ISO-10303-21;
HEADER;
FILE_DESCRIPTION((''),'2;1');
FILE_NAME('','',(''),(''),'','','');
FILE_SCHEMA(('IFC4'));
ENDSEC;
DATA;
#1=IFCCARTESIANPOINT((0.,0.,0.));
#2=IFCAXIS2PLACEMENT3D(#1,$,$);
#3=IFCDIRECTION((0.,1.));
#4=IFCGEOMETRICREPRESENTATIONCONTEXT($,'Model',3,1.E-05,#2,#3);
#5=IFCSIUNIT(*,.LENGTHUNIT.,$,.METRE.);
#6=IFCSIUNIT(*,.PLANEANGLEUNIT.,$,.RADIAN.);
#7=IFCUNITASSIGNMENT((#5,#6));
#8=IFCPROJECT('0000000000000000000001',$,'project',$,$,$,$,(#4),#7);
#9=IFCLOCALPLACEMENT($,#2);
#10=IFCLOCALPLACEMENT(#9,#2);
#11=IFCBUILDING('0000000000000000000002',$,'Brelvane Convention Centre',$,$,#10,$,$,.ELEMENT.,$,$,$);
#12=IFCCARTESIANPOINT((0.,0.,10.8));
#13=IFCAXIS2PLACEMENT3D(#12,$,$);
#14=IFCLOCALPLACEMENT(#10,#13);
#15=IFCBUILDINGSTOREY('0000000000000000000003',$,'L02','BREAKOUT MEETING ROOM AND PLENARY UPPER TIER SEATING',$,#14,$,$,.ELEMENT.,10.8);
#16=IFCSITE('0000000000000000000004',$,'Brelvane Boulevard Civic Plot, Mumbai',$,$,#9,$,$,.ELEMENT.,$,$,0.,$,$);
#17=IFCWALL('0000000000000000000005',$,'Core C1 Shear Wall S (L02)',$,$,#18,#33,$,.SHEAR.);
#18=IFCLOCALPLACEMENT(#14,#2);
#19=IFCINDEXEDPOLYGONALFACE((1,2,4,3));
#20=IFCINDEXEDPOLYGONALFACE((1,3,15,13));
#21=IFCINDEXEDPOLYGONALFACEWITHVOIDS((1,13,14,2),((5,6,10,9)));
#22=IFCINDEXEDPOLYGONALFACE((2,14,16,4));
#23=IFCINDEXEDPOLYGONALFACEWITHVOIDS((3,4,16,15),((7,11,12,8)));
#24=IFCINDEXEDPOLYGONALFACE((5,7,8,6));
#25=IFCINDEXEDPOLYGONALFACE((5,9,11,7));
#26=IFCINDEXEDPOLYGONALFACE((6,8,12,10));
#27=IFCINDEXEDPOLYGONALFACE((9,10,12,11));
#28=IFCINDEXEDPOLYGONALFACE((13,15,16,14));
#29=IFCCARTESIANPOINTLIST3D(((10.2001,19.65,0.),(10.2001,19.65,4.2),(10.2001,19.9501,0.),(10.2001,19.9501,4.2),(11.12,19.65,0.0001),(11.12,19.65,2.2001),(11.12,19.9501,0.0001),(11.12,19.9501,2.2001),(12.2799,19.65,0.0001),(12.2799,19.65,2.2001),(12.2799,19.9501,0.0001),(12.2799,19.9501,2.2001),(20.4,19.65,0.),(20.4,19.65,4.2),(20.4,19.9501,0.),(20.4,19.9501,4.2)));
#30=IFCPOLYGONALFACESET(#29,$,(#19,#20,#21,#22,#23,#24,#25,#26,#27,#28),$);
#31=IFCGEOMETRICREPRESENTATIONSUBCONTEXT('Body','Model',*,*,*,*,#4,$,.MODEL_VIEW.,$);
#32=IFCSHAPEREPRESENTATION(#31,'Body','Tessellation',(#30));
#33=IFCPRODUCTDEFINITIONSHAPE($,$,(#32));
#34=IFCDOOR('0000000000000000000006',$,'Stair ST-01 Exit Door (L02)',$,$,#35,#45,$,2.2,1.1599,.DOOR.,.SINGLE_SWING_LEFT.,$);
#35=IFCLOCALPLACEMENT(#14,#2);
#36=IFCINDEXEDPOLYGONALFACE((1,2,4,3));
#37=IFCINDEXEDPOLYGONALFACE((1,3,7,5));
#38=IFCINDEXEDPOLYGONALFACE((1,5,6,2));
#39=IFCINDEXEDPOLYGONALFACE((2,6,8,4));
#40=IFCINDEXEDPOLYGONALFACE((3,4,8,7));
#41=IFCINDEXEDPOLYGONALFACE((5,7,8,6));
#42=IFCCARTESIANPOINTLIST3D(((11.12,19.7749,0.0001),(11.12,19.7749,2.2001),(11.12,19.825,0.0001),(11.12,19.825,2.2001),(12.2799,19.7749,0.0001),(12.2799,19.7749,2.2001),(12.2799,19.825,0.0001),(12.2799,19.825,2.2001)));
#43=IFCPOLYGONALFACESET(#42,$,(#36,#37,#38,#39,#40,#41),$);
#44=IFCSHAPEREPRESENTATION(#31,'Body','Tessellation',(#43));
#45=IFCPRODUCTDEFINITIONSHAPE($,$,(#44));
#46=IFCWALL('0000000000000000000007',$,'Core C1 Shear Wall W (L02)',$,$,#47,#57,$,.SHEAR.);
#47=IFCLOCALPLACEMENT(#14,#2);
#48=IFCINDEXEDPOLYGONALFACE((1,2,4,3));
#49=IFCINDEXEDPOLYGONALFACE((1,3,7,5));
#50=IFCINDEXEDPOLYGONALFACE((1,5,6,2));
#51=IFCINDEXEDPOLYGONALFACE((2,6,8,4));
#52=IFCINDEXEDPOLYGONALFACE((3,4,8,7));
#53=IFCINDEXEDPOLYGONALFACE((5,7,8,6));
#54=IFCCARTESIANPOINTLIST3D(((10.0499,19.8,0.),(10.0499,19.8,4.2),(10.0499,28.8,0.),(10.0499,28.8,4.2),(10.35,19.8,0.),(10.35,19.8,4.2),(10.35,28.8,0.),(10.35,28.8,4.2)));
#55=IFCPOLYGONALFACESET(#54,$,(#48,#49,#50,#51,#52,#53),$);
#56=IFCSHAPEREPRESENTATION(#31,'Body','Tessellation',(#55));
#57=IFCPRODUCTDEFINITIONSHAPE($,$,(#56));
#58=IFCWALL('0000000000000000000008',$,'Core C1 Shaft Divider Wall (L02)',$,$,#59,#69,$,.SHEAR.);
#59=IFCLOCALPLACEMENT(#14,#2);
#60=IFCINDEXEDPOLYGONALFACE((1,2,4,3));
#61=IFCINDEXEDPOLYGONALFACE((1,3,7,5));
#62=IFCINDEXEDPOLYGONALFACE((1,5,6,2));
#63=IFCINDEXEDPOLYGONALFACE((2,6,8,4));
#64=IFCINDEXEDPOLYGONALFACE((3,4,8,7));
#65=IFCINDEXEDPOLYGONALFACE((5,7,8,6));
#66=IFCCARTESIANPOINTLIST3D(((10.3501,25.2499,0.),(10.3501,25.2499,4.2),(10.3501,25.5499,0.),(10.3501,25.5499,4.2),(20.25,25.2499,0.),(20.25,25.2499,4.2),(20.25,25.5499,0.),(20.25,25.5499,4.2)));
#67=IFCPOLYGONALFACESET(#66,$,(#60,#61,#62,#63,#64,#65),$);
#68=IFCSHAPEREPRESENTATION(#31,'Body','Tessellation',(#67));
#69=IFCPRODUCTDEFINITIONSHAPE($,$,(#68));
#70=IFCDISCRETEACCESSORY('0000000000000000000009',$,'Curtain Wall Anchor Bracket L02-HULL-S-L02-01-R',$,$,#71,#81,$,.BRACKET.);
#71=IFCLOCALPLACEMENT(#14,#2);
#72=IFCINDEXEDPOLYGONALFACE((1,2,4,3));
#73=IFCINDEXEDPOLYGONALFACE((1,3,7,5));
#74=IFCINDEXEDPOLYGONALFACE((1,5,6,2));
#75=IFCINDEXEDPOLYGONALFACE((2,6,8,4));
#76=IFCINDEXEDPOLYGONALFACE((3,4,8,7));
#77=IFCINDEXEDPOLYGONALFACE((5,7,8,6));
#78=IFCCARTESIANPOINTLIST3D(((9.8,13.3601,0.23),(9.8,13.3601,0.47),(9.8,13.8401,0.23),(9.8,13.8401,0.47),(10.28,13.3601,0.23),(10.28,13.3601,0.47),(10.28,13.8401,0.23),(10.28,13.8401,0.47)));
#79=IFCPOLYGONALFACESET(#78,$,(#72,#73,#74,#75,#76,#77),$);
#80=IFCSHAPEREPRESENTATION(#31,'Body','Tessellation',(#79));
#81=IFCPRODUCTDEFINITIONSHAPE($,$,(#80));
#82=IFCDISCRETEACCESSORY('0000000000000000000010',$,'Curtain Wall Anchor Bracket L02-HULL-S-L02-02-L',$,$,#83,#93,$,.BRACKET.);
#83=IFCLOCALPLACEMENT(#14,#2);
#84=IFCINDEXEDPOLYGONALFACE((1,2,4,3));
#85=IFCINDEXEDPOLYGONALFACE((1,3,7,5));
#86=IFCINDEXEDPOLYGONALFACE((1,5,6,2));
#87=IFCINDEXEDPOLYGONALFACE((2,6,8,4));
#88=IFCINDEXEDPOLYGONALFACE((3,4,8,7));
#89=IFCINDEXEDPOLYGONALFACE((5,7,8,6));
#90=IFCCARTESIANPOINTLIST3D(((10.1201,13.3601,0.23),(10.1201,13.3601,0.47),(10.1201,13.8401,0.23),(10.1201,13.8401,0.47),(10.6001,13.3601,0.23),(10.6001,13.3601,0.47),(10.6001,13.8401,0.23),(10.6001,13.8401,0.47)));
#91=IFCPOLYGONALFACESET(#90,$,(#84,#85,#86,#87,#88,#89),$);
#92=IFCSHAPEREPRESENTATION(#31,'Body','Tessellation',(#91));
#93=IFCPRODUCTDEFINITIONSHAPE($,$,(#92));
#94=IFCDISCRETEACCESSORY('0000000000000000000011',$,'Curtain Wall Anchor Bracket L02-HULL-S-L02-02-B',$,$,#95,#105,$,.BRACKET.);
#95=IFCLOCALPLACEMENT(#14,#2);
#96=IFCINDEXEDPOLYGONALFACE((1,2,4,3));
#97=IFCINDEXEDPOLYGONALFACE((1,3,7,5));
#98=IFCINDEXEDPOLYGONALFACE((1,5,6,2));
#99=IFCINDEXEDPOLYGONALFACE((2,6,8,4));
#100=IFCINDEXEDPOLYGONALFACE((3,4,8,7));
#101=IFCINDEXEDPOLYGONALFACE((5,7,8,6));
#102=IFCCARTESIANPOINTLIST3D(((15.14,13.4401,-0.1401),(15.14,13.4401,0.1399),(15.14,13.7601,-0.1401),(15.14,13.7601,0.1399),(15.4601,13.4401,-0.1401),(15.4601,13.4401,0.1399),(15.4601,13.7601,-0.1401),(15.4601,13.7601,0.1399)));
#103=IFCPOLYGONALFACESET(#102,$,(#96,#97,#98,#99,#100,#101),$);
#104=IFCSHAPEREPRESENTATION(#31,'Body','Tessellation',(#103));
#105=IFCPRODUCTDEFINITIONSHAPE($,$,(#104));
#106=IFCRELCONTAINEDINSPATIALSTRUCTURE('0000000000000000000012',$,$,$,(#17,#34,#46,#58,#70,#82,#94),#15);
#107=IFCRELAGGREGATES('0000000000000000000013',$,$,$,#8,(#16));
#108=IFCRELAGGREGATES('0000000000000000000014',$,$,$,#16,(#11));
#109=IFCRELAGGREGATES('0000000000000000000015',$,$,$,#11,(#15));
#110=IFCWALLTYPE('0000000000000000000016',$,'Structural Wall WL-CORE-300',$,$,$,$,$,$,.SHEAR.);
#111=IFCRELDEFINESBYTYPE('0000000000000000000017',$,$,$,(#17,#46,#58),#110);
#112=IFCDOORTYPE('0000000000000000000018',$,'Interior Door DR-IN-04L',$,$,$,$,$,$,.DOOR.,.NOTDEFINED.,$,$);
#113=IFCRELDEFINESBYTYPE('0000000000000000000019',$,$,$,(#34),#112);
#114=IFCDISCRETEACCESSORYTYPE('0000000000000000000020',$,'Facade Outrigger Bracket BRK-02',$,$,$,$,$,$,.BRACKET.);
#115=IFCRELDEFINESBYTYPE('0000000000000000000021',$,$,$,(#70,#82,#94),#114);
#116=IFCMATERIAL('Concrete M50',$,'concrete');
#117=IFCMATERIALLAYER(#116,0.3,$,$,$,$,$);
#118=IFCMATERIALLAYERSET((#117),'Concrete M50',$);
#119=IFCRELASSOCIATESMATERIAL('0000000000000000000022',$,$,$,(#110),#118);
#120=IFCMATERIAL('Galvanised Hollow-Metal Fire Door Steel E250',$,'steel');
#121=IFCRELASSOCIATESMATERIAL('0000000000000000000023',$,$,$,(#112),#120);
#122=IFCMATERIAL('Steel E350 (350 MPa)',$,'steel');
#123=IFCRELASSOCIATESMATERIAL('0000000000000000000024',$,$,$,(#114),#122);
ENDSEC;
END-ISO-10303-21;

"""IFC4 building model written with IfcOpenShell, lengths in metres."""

from ifc_helpers import new_model, si_unit, direction, frame, frame_2d, origin, origin_2d, place, context, subcontext, project, spatial, rectangle, extrude, material, layer, layer_set, type_object, element, fill, save


model = new_model("IFC4")

# Units and contexts
model_context = context("Model", 3, precision=1e-05, world=origin(), true_north=direction((0.0, 1.0)))
body_context = subcontext(model_context, "Body", "Model", "MODEL_VIEW")
ifc_project = project(units=[si_unit("LENGTHUNIT", "METRE"), si_unit("PLANEANGLEUNIT", "RADIAN")], contexts=[model_context])

# Site, building, storey
site_placement = place(None, origin())
site = spatial("IfcSite", under=ifc_project, at=site_placement, Name="Brelvane Boulevard Civic Plot, Mumbai", CompositionType="ELEMENT", RefElevation=0.0)
building_placement = place(site_placement, origin())
building = spatial("IfcBuilding", under=site, at=building_placement, Name="Brelvane Convention Centre", CompositionType="ELEMENT")
storey_placement = place(building_placement, frame((0.0, 0.0, 10.8)))
storey = spatial("IfcBuildingStorey", under=building, at=storey_placement, Name="L02", Description="BREAKOUT MEETING ROOM AND PLENARY UPPER TIER SEATING", CompositionType="ELEMENT", Elevation=10.8)

# Wall, opening, door
ifc_material_1 = material(Name="Concrete M50", Category="concrete")
ifc_layer_1 = layer(ifc_material_1, 0.3)
ifc_layer_set_1 = layer_set([ifc_layer_1], Name="Concrete M50")
wall_type = type_object("IfcWallType", Name="Structural Wall WL-CORE-300", PredefinedType="SHEAR", material=ifc_layer_set_1)
wall_1_placement = place(storey_placement, frame((10.2, 19.8, 0.0), z_axis=(0.0, 0.0, 1.0), x_axis=(1.0, 0.0, 0.0)))
wall_1 = element("IfcWall", 1, at=wall_1_placement, inside=storey, type_object=wall_type, Name="Core C1 Shear Wall S (L02)", PredefinedType="SHEAR", context=body_context, shape_type="SweptSolid", body=[
    extrude(rectangle(XDim=10.2, YDim=0.3, at=frame_2d((5.1001, 0.0))), origin(), (0.0, 0.0, 1.0), 4.2),
])
opening_placement = place(wall_1_placement, frame((0.9199, 0.0, 0.0)))
opening = element("IfcOpeningElement", 2, at=opening_placement, cuts=wall_1, PredefinedType="OPENING", context=body_context, shape_type="SweptSolid", body=[
    extrude(rectangle(XDim=1.1599, YDim=2.2, at=frame_2d((0.5801, 1.1001))), frame((0.0, 0.1599, 0.0), z_axis=(0.0, -1.0, 0.0), x_axis=(1.0, 0.0, 0.0)), (0.0, 0.0, 1.0), 0.3201),
])
ifc_material_2 = material(Name="Galvanised Hollow-Metal Fire Door Steel E250", Category="steel")
door_type = type_object("IfcDoorType", Name="Interior Door DR-IN-04L", OperationType="NOTDEFINED", PredefinedType="DOOR", material=ifc_material_2)
door_placement = place(opening_placement, origin())
door = element("IfcDoor", 3, at=door_placement, inside=storey, type_object=door_type, Name="Stair ST-01 Exit Door (L02)", OperationType="SINGLE_SWING_LEFT", OverallHeight=2.2, OverallWidth=1.1599, PredefinedType="DOOR", context=body_context, shape_type="SweptSolid", body=[
    extrude(rectangle(XDim=1.1599, YDim=2.2, at=frame_2d((0.5801, 1.1001))), frame((0.0, 0.0249, 0.0), z_axis=(0.0, -1.0, 0.0), x_axis=(1.0, 0.0, 0.0)), (0.0, 0.0, 1.0), 0.05),
])
fill(opening, door)

# Walls
wall_2_placement = place(storey_placement, frame((10.2, 19.8, 0.0), z_axis=(0.0, 0.0, 1.0), x_axis=(0.0, 1.0, 0.0)))
element("IfcWall", 4, at=wall_2_placement, inside=storey, type_object=wall_type, Name="Core C1 Shear Wall W (L02)", PredefinedType="SHEAR", context=body_context, shape_type="SweptSolid", body=[
    extrude(rectangle(XDim=9.0, YDim=0.3, at=frame_2d((4.5, 0.0))), origin(), (0.0, 0.0, 1.0), 4.2),
])
wall_3_placement = place(storey_placement, frame((10.3501, 25.3999, 0.0), z_axis=(0.0, 0.0, 1.0), x_axis=(1.0, 0.0, 0.0)))
element("IfcWall", 5, at=wall_3_placement, inside=storey, type_object=wall_type, Name="Core C1 Shaft Divider Wall (L02)", PredefinedType="SHEAR", context=body_context, shape_type="SweptSolid", body=[
    extrude(rectangle(XDim=9.8999, YDim=0.3, at=frame_2d((4.95, 0.0))), origin(), (0.0, 0.0, 1.0), 4.2),
])

# Discrete accessories
ifc_material_3 = material(Name="Steel E350 (350 MPa)", Category="steel")
discrete_accessory_type = type_object("IfcDiscreteAccessoryType", Name="Facade Outrigger Bracket BRK-02", PredefinedType="BRACKET", material=ifc_material_3)
for number, where, z_axis, x_axis, name in (
    (6, (10.04, 13.6001, 0.23), (0.0, 0.0, 1.0), (1.0, 0.0, 0.0), "Curtain Wall Anchor Bracket L02-HULL-S-L02-01-R"),
    (7, (10.3601, 13.6001, 0.23), (0.0, 0.0, 1.0), (1.0, 0.0, 0.0), "Curtain Wall Anchor Bracket L02-HULL-S-L02-02-L"),
):
    element("IfcDiscreteAccessory", number, at=place(storey_placement, frame(where, z_axis=z_axis, x_axis=x_axis)), inside=storey, type_object=discrete_accessory_type, Name=name, PredefinedType="BRACKET", context=body_context, shape_type="SweptSolid", body=[
        extrude(rectangle(XDim=0.48, YDim=0.48, at=origin_2d()), origin(), (0.0, 0.0, 1.0), 0.24),
    ])
discrete_accessory_placement = place(storey_placement, frame((15.3, 13.6001, -0.1401), z_axis=(0.0, 0.0, 1.0), x_axis=(1.0, 0.0, 0.0)))
element("IfcDiscreteAccessory", 8, at=discrete_accessory_placement, inside=storey, type_object=discrete_accessory_type, Name="Curtain Wall Anchor Bracket L02-HULL-S-L02-02-B", PredefinedType="BRACKET", context=body_context, shape_type="SweptSolid", body=[
    extrude(rectangle(XDim=0.3201, YDim=0.3201, at=origin_2d()), origin(), (0.0, 0.0, 1.0), 0.28),
])

save(model, "model.ifc")
